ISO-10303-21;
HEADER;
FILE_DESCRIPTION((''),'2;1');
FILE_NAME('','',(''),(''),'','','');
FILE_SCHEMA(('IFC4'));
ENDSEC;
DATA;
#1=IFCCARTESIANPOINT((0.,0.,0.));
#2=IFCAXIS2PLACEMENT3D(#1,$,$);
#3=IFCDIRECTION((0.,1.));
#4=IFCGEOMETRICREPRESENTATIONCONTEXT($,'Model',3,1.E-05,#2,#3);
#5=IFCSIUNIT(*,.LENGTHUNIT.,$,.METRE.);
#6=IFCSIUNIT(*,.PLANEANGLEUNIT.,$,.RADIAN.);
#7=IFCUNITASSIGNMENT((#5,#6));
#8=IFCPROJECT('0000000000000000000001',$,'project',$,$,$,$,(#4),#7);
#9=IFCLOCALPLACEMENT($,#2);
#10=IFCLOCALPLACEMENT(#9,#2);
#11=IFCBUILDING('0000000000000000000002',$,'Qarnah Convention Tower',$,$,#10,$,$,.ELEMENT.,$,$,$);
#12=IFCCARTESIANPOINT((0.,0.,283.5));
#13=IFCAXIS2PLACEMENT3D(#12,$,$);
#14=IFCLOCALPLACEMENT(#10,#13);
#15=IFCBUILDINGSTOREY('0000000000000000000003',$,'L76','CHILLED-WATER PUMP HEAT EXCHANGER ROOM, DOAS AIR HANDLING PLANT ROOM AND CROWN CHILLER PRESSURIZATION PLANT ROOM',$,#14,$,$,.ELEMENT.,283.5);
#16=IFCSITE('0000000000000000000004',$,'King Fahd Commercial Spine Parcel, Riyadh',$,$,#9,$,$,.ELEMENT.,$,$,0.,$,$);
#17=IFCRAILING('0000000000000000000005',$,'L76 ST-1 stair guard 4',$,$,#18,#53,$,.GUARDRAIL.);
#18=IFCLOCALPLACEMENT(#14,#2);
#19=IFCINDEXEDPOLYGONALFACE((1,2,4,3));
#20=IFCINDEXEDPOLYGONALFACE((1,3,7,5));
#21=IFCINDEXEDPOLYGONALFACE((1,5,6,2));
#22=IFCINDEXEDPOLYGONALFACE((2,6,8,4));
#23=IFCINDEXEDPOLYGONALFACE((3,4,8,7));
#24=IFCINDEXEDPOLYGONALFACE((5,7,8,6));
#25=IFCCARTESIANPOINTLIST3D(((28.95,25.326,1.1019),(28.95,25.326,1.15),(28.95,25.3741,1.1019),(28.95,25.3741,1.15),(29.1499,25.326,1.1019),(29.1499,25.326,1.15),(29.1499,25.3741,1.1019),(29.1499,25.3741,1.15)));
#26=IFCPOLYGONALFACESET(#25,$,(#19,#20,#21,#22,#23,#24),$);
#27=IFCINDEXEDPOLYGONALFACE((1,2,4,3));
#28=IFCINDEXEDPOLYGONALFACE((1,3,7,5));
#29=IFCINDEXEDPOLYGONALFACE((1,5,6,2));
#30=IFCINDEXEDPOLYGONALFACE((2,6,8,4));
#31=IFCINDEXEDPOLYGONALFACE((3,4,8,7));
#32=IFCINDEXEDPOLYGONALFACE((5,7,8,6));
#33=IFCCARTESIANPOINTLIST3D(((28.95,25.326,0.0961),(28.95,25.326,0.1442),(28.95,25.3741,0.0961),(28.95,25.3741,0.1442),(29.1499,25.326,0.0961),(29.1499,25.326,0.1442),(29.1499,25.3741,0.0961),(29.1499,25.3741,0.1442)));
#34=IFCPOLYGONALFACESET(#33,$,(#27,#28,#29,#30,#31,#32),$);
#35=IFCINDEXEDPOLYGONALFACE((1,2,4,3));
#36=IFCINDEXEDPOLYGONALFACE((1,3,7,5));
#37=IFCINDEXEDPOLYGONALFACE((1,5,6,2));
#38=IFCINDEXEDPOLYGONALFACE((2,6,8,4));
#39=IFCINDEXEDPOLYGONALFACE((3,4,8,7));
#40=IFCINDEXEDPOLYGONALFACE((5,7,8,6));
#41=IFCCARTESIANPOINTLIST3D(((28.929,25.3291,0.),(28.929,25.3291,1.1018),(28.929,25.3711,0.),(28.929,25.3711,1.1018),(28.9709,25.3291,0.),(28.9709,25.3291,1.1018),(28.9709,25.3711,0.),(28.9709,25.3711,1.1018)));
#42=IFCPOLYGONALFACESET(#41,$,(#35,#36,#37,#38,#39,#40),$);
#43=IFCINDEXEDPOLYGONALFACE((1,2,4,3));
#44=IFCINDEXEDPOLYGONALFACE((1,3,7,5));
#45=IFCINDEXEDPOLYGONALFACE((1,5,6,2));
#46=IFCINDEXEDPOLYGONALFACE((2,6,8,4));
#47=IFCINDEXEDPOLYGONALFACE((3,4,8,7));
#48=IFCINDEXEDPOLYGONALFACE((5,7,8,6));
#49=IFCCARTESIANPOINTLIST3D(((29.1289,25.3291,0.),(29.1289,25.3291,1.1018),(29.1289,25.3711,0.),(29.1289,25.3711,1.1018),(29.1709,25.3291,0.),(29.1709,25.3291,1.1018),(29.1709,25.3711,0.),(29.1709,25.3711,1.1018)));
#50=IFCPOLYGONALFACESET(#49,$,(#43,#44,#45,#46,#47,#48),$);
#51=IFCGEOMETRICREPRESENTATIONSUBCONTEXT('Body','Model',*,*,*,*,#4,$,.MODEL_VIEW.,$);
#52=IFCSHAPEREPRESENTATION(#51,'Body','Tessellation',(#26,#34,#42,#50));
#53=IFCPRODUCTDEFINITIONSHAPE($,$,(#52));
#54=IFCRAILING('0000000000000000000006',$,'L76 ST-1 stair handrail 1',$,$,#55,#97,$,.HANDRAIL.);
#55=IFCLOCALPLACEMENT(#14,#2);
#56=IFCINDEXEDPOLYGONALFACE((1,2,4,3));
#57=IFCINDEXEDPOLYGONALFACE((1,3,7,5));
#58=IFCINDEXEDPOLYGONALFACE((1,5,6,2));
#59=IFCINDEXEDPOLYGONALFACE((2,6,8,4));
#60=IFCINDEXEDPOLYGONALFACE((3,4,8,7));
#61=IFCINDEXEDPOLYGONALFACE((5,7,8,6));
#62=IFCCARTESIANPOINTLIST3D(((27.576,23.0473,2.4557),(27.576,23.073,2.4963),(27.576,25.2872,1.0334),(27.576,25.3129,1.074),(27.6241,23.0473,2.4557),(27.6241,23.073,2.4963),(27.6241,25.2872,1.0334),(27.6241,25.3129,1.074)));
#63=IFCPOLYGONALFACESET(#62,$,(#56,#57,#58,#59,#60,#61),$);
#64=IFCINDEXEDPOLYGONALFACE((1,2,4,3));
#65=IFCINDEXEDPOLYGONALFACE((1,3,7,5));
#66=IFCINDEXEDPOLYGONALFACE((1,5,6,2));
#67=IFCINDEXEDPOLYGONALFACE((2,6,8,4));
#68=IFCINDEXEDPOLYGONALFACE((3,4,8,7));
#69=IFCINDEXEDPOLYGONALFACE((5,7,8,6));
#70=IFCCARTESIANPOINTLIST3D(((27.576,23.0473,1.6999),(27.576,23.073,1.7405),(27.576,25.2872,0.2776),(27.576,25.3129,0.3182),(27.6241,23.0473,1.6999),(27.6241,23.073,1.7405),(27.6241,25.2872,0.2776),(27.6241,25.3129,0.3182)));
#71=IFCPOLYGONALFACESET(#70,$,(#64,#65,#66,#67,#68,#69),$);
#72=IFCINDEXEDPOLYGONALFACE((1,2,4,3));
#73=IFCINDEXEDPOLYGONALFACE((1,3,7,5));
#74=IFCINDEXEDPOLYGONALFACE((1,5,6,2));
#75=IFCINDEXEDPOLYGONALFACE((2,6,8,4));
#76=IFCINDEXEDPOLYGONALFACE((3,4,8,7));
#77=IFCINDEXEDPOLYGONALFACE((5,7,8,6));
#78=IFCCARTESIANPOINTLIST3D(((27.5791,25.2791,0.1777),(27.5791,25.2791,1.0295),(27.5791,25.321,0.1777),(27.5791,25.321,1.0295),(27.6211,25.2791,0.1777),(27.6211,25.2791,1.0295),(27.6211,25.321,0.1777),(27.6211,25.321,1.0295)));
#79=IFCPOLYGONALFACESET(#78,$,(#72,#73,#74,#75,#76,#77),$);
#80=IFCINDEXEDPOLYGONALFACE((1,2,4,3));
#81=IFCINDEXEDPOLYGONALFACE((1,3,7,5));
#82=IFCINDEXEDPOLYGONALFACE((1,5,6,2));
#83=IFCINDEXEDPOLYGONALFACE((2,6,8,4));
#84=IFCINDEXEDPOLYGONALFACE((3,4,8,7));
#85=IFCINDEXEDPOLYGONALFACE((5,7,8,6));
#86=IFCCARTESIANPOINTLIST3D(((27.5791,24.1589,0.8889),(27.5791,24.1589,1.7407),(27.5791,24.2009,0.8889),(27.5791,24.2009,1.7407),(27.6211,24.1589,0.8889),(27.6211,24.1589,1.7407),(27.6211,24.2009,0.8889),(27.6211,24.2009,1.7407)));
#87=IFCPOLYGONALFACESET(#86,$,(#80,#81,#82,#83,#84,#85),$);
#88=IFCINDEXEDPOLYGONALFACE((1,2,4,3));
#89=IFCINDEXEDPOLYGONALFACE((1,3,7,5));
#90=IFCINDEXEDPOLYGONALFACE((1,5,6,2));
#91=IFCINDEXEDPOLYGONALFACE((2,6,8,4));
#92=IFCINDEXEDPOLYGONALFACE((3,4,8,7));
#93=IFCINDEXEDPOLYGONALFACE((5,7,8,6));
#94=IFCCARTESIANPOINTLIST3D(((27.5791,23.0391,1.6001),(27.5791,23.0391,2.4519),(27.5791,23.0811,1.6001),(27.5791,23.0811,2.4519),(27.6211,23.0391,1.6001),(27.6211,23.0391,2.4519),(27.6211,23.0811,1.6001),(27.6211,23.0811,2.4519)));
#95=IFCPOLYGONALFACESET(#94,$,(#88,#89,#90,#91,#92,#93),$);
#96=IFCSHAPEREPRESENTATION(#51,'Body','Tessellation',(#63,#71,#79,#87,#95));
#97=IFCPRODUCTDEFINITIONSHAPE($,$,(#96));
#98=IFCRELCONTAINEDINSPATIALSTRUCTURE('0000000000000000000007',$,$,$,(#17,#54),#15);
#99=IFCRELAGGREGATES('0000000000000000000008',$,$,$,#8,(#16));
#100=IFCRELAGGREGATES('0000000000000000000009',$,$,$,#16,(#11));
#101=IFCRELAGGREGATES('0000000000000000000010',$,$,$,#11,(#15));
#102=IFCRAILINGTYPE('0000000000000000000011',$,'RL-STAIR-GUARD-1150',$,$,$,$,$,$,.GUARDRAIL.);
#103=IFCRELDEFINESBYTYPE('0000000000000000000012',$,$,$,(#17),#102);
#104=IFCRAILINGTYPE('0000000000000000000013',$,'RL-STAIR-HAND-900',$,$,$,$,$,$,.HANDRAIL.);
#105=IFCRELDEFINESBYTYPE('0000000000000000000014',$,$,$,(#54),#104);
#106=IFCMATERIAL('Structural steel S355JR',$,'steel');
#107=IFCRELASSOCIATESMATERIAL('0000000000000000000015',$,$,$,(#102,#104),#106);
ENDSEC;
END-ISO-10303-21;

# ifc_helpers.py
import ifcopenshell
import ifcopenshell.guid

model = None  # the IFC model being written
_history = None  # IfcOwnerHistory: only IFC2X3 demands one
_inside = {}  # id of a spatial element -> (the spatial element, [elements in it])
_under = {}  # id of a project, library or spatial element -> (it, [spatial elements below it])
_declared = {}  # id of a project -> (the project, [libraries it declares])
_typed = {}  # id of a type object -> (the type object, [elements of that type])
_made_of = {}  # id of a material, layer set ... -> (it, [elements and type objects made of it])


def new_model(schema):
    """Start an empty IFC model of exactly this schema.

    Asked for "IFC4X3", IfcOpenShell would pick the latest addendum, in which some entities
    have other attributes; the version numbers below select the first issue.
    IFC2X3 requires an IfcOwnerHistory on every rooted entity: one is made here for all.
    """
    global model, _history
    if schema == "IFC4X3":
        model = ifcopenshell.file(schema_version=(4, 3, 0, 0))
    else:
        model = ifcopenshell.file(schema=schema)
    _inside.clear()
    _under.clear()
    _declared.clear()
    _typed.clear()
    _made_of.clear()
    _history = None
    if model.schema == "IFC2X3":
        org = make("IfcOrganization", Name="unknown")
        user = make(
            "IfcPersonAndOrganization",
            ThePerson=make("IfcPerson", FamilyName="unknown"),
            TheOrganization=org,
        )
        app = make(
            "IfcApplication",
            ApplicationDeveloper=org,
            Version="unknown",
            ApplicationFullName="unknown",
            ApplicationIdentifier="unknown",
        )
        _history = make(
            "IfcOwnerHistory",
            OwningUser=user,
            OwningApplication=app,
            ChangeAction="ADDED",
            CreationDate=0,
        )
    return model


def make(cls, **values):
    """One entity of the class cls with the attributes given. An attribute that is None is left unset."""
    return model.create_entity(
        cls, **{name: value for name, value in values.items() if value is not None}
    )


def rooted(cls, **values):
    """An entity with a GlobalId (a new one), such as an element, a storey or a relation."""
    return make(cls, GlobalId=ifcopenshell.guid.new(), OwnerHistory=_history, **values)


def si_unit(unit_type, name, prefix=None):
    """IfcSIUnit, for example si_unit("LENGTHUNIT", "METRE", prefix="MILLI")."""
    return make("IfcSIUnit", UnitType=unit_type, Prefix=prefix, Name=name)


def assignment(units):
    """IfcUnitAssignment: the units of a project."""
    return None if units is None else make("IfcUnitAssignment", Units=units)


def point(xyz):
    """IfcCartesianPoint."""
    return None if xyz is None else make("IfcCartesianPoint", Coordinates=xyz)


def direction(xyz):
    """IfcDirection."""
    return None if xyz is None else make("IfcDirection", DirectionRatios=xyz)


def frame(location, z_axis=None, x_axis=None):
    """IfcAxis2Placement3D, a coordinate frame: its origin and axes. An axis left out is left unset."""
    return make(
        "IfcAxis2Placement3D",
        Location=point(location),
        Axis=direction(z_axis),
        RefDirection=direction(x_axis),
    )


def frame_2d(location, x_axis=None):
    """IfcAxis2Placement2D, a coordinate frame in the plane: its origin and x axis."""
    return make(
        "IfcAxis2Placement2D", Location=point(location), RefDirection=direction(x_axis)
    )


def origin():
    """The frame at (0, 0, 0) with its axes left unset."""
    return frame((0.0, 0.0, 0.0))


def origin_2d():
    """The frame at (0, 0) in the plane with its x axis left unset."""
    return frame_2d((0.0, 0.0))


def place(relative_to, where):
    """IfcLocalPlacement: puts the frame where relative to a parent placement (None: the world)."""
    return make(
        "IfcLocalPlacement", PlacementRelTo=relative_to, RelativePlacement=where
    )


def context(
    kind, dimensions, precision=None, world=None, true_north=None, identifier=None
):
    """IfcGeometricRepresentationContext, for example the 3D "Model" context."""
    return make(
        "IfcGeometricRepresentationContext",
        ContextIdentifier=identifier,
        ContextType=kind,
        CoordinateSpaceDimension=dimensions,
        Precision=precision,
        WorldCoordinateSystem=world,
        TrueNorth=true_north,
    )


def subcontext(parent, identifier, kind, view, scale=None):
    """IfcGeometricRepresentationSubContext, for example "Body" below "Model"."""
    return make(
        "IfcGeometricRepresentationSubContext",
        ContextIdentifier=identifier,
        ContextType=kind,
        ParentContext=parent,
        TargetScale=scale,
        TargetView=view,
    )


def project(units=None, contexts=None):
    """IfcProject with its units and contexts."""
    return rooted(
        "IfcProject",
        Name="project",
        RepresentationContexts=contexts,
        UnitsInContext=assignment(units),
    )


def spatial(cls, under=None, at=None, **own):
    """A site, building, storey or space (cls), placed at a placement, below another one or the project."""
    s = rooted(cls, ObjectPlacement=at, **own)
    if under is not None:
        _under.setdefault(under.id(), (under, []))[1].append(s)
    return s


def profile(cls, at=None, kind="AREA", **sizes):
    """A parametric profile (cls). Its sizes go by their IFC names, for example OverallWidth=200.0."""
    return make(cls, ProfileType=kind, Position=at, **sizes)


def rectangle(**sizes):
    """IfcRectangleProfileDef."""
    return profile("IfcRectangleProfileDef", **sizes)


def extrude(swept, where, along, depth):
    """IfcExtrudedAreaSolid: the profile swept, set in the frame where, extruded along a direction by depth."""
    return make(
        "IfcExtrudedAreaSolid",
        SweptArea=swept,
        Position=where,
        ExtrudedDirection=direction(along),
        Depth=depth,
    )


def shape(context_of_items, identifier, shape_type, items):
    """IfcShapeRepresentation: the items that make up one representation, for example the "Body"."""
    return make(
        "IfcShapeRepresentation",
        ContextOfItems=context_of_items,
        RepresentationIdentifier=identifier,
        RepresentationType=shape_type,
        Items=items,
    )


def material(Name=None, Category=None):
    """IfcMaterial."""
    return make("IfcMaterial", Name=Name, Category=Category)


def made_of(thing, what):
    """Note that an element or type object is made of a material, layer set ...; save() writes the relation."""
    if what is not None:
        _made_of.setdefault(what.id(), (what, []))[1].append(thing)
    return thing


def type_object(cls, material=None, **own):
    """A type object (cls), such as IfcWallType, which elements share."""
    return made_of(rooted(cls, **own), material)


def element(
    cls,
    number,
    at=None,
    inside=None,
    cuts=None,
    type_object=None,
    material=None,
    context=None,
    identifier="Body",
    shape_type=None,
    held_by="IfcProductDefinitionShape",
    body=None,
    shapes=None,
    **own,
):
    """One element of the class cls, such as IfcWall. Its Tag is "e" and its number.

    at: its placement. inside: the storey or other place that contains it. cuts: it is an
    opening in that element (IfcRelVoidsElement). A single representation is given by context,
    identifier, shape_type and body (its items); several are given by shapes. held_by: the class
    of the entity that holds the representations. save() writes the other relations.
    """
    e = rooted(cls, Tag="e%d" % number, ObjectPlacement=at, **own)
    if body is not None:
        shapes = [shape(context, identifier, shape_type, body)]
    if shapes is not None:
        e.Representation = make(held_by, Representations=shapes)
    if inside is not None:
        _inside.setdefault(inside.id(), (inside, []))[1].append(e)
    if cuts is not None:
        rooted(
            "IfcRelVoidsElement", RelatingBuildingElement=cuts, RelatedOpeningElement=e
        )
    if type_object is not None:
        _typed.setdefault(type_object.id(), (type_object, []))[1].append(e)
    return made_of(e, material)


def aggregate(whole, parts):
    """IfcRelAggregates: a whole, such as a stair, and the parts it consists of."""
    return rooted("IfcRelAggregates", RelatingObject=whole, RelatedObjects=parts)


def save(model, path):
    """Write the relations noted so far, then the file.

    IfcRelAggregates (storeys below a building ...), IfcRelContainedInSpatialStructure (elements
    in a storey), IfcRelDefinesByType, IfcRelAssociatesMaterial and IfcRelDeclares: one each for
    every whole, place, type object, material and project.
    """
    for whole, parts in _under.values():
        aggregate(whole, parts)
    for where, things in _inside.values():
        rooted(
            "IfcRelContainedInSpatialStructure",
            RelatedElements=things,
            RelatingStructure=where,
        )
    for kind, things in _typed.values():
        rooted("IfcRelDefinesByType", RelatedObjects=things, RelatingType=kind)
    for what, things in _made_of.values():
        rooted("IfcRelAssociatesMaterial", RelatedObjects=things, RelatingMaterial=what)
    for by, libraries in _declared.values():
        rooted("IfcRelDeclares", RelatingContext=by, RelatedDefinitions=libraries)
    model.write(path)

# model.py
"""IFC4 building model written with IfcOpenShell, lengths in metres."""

from ifc_helpers import new_model, si_unit, direction, frame, origin, origin_2d, place, context, subcontext, project, spatial, rectangle, extrude, material, type_object, element, save


model = new_model("IFC4")

# Units and contexts
model_context = context("Model", 3, precision=1e-05, world=origin(), true_north=direction((0.0, 1.0)))
body_context = subcontext(model_context, "Body", "Model", "MODEL_VIEW")
ifc_project = project(units=[si_unit("LENGTHUNIT", "METRE"), si_unit("PLANEANGLEUNIT", "RADIAN")], contexts=[model_context])

# Site, building, storey
site_placement = place(None, origin())
site = spatial("IfcSite", under=ifc_project, at=site_placement, Name="King Fahd Commercial Spine Parcel, Riyadh", CompositionType="ELEMENT", RefElevation=0.0)
building_placement = place(site_placement, origin())
building = spatial("IfcBuilding", under=site, at=building_placement, Name="Qarnah Convention Tower", CompositionType="ELEMENT")
storey_placement = place(building_placement, frame((0.0, 0.0, 283.5)))
storey = spatial("IfcBuildingStorey", under=building, at=storey_placement, Name="L76", Description="CHILLED-WATER PUMP HEAT EXCHANGER ROOM, DOAS AIR HANDLING PLANT ROOM AND CROWN CHILLER PRESSURIZATION PLANT ROOM", CompositionType="ELEMENT", Elevation=283.5)

# Shared definitions
ifc_material_1 = material(Name="Structural steel S355JR", Category="steel")

# Railings
railing_type_1 = type_object("IfcRailingType", Name="RL-STAIR-GUARD-1150", PredefinedType="GUARDRAIL", material=ifc_material_1)
railing_1_placement = place(storey_placement, frame((28.95, 25.3501, 0.0)))
element("IfcRailing", 1, at=railing_1_placement, inside=storey, type_object=railing_type_1, Name="L76 ST-1 stair guard 4", PredefinedType="GUARDRAIL", context=body_context, shape_type="SweptSolid", body=[
    extrude(rectangle(XDim=0.0481, YDim=0.0481, at=origin_2d()), frame((0.0, 0.0, 1.126), z_axis=(1.0, 0.0, 0.0), x_axis=(0.0, 1.0, 0.0)), (0.0, 0.0, 1.0), 0.2),
    extrude(rectangle(XDim=0.0481, YDim=0.0481, at=origin_2d()), frame((0.0, 0.0, 0.1201), z_axis=(1.0, 0.0, 0.0), x_axis=(0.0, 1.0, 0.0)), (0.0, 0.0, 1.0), 0.2),
    extrude(rectangle(XDim=0.042, YDim=0.042, at=origin_2d()), origin(), (0.0, 0.0, 1.0), 1.1018),
    extrude(rectangle(XDim=0.042, YDim=0.042, at=origin_2d()), frame((0.2, 0.0, 0.0)), (0.0, 0.0, 1.0), 1.1018),
])
railing_type_2 = type_object("IfcRailingType", Name="RL-STAIR-HAND-900", PredefinedType="HANDRAIL", material=ifc_material_1)
railing_2_placement = place(storey_placement, frame((27.6001, 25.3, 0.1777)))
element("IfcRailing", 2, at=railing_2_placement, inside=storey, type_object=railing_type_2, Name="L76 ST-1 stair handrail 1", PredefinedType="HANDRAIL", context=body_context, shape_type="SweptSolid", body=[
    extrude(rectangle(XDim=0.0481, YDim=0.0481, at=origin_2d()), frame((0.0, 0.0, 0.876), z_axis=(0.0, -0.844188, 0.536048), x_axis=(1.0, 0.0, 0.0)), (0.0, 0.0, 1.0), 2.6533),
    extrude(rectangle(XDim=0.0481, YDim=0.0481, at=origin_2d()), frame((0.0, 0.0, 0.1201), z_axis=(0.0, -0.844188, 0.536048), x_axis=(1.0, 0.0, 0.0)), (0.0, 0.0, 1.0), 2.6533),
    extrude(rectangle(XDim=0.042, YDim=0.042, at=origin_2d()), origin(), (0.0, 0.0, 1.0), 0.8518),
    extrude(rectangle(XDim=0.042, YDim=0.042, at=origin_2d()), frame((0.0, -1.1201, 0.7112)), (0.0, 0.0, 1.0), 0.8518),
    extrude(rectangle(XDim=0.042, YDim=0.042, at=origin_2d()), frame((0.0, -2.24, 1.4224)), (0.0, 0.0, 1.0), 0.8518),
])

save(model, "model.ifc")
